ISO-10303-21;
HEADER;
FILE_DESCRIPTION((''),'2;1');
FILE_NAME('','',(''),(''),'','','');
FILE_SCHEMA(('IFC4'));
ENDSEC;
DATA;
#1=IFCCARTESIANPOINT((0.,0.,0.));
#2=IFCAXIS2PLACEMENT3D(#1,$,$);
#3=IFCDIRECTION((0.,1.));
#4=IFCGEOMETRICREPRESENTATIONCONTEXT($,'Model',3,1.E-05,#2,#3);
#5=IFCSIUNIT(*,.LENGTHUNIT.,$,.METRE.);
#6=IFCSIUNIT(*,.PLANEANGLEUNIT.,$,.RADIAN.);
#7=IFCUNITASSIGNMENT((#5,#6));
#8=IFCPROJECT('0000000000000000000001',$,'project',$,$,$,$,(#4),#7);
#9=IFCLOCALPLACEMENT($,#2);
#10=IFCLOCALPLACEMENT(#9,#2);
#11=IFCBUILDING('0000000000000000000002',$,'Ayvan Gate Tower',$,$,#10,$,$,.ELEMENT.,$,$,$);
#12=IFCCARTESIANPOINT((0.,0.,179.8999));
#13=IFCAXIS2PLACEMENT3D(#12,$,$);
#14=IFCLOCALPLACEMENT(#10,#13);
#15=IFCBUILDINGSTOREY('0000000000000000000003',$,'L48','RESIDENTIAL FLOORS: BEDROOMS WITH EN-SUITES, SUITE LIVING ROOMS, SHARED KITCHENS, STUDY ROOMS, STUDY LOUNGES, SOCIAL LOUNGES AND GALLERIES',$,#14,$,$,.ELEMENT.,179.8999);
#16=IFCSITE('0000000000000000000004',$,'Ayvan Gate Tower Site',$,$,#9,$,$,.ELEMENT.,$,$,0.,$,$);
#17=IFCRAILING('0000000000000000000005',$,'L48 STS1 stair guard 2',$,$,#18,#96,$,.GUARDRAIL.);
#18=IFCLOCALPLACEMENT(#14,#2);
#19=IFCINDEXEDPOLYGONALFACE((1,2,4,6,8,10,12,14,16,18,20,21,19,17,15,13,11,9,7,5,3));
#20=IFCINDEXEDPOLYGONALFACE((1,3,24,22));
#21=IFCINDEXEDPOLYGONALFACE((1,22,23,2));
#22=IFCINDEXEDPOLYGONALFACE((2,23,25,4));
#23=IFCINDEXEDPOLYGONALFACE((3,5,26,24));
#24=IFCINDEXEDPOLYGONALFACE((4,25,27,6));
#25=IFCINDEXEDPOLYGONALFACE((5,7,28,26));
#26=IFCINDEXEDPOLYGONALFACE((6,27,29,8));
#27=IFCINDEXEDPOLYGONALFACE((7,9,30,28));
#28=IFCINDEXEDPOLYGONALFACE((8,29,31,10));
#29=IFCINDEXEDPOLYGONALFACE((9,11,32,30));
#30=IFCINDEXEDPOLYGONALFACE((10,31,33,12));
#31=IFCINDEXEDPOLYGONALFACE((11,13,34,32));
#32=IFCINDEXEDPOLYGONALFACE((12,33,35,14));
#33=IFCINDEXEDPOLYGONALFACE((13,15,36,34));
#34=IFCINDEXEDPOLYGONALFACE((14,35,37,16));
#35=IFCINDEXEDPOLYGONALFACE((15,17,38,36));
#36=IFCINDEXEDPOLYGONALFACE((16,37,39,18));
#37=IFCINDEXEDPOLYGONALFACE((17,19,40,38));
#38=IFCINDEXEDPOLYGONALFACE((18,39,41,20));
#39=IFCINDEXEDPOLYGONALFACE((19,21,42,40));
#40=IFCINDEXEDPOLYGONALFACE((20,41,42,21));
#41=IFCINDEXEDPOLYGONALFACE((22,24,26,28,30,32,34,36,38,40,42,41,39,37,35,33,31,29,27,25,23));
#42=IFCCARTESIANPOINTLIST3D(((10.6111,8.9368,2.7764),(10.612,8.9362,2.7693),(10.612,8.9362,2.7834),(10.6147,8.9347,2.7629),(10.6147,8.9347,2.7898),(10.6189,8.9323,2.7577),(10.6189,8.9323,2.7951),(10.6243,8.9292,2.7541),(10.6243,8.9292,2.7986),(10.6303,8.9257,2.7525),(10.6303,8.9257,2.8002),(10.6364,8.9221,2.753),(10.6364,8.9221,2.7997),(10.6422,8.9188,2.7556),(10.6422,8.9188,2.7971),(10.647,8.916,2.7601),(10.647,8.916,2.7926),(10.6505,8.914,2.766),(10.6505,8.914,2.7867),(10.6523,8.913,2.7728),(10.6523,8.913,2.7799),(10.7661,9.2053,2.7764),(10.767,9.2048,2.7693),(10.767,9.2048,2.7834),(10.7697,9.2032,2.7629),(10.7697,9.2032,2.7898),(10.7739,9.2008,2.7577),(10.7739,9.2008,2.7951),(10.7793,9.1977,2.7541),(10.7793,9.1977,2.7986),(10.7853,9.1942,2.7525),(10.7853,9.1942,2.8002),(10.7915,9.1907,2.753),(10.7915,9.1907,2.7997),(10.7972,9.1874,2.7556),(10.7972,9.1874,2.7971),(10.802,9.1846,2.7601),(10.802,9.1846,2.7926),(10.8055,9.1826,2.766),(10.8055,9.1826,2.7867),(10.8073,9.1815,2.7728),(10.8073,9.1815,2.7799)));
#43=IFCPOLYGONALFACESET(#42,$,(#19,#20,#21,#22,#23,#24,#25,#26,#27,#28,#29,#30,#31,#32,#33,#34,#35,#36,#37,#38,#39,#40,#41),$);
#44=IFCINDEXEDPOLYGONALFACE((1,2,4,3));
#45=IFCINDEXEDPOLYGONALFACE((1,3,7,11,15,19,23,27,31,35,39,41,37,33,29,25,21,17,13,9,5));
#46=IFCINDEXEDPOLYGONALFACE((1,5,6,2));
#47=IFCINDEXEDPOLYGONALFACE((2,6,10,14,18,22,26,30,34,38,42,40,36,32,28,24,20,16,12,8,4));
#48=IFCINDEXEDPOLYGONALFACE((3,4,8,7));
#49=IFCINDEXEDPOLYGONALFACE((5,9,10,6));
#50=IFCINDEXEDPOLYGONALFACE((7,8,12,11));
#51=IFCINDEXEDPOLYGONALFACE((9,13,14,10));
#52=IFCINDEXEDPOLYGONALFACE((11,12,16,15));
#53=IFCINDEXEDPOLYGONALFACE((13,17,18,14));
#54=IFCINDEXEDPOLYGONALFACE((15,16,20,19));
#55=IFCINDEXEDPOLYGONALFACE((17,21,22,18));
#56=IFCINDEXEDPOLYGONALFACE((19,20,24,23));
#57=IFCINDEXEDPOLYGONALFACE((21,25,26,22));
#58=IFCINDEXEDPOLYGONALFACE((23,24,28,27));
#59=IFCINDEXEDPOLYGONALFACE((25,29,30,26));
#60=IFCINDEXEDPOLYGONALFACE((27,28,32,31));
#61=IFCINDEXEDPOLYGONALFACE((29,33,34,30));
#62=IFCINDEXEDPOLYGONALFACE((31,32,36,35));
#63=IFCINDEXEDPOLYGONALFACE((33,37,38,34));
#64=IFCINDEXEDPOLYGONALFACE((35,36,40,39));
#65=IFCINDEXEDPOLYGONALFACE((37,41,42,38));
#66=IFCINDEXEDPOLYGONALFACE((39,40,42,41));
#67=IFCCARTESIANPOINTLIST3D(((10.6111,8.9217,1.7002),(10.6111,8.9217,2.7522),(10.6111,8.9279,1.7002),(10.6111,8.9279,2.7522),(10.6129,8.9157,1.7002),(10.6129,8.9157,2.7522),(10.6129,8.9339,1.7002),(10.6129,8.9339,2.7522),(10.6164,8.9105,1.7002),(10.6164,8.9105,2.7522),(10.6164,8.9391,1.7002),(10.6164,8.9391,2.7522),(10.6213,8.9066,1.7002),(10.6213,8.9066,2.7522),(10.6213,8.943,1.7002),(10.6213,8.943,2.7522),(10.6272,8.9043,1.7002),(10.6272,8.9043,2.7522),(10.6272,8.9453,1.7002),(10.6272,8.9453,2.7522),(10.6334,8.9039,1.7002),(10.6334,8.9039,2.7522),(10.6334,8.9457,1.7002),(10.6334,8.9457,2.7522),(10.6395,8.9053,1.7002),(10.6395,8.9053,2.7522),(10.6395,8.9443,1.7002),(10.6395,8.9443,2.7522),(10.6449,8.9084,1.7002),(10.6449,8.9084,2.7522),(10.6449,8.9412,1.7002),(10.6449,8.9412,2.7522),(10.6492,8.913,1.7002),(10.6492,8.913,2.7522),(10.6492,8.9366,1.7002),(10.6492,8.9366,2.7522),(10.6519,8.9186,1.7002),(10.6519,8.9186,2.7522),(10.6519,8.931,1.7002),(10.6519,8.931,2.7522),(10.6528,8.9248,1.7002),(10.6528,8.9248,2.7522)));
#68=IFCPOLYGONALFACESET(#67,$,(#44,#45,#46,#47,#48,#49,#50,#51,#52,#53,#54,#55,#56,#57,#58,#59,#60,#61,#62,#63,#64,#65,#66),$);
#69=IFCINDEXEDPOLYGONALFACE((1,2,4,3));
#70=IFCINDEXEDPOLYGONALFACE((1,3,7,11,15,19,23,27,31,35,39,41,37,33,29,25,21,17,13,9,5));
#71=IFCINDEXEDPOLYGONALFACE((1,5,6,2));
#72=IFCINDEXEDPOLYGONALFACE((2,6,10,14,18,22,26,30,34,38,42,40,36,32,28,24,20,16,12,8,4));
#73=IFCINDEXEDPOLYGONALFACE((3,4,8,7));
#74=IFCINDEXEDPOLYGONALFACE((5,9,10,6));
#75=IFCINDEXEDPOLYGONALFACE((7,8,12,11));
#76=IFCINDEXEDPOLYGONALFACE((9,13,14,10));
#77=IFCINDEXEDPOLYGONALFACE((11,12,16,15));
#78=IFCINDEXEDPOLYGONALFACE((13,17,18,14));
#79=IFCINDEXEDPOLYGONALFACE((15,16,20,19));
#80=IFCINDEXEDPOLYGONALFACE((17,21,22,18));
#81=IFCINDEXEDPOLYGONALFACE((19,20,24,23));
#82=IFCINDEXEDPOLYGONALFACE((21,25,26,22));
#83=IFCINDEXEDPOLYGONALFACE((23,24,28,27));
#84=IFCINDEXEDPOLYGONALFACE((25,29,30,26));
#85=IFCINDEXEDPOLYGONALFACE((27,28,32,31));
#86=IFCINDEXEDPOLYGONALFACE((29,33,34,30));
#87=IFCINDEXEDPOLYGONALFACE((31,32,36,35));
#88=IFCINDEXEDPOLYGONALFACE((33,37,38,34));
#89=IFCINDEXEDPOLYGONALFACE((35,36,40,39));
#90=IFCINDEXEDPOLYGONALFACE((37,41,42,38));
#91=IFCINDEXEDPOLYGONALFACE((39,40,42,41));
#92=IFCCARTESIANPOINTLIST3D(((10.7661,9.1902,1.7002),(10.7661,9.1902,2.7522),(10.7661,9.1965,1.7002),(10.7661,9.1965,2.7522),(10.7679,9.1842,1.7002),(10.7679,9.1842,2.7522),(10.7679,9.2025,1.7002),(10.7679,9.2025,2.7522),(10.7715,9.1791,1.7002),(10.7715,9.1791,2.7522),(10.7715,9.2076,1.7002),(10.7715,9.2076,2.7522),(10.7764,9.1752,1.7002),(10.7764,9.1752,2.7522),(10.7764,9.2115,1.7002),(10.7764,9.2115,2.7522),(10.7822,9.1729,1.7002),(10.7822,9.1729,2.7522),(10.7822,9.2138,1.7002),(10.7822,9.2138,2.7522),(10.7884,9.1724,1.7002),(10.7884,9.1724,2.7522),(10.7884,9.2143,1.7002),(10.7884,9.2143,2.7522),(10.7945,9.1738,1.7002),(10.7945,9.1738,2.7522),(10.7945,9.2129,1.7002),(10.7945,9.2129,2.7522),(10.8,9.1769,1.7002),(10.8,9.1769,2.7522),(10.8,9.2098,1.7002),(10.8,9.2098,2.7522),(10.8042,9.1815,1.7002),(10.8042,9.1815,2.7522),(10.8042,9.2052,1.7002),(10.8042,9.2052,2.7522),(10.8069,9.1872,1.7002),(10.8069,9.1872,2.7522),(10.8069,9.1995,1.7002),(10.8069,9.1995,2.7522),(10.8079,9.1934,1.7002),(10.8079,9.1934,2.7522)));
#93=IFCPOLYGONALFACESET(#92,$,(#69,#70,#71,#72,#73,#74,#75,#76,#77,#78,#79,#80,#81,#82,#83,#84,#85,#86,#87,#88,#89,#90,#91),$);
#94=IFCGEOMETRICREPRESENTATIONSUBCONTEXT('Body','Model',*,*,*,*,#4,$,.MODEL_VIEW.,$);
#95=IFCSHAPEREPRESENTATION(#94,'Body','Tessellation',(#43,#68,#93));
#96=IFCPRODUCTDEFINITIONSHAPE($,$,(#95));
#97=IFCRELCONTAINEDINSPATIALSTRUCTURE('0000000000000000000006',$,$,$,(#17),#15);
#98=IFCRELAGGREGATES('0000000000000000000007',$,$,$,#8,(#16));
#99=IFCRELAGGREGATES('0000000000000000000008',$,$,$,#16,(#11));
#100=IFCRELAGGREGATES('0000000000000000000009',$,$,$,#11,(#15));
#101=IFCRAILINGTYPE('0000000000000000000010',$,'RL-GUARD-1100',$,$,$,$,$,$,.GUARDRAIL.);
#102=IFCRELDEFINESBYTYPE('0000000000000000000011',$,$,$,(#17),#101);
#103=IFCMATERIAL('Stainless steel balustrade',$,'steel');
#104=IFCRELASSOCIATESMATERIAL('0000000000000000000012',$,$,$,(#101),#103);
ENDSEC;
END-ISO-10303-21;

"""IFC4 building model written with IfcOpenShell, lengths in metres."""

from ifc_helpers import new_model, si_unit, direction, frame, origin, origin_2d, place, context, subcontext, project, spatial, circle, extrude, material, type_object, element, save


model = new_model("IFC4")

# Units and contexts
model_context = context("Model", 3, precision=1e-05, world=origin(), true_north=direction((0.0, 1.0)))
body_context = subcontext(model_context, "Body", "Model", "MODEL_VIEW")
ifc_project = project(units=[si_unit("LENGTHUNIT", "METRE"), si_unit("PLANEANGLEUNIT", "RADIAN")], contexts=[model_context])

# Site, building, storey
site_placement = place(None, origin())
site = spatial("IfcSite", under=ifc_project, at=site_placement, Name="Ayvan Gate Tower Site", CompositionType="ELEMENT", RefElevation=0.0)
building_placement = place(site_placement, origin())
building = spatial("IfcBuilding", under=site, at=building_placement, Name="Ayvan Gate Tower", CompositionType="ELEMENT")
storey_placement = place(building_placement, frame((0.0, 0.0, 179.8999)))
storey = spatial("IfcBuildingStorey", under=building, at=storey_placement, Name="L48", Description="RESIDENTIAL FLOORS: BEDROOMS WITH EN-SUITES, SUITE LIVING ROOMS, SHARED KITCHENS, STUDY ROOMS, STUDY LOUNGES, SOCIAL LOUNGES AND GALLERIES", CompositionType="ELEMENT", Elevation=179.8999)

# Railing
ifc_material_1 = material(Name="Stainless steel balustrade", Category="steel")
railing_type_1 = type_object("IfcRailingType", Name="RL-GUARD-1100", PredefinedType="GUARDRAIL", material=ifc_material_1)
railing_1_placement = place(storey_placement, frame((10.6318, 8.9248, 1.7002)))
element("IfcRailing", 1, at=railing_1_placement, inside=storey, type_object=railing_type_1, Name="L48 STS1 stair guard 2", PredefinedType="GUARDRAIL", context=body_context, shape_type="SweptSolid", body=[
    extrude(circle(Radius=0.0239, at=origin_2d()), frame((0.0, 0.0, 1.0762), z_axis=(0.49995, 0.866054, 0.0), x_axis=(-0.866054, 0.49995, 0.0)), (0.0, 0.0, 1.0), 0.3101),
    extrude(circle(Radius=0.021, at=origin_2d()), origin(), (0.0, 0.0, 1.0), 1.052),
    extrude(circle(Radius=0.021, at=origin_2d()), frame((0.155, 0.2686, 0.0)), (0.0, 0.0, 1.0), 1.052),
])

save(model, "model.ifc")
